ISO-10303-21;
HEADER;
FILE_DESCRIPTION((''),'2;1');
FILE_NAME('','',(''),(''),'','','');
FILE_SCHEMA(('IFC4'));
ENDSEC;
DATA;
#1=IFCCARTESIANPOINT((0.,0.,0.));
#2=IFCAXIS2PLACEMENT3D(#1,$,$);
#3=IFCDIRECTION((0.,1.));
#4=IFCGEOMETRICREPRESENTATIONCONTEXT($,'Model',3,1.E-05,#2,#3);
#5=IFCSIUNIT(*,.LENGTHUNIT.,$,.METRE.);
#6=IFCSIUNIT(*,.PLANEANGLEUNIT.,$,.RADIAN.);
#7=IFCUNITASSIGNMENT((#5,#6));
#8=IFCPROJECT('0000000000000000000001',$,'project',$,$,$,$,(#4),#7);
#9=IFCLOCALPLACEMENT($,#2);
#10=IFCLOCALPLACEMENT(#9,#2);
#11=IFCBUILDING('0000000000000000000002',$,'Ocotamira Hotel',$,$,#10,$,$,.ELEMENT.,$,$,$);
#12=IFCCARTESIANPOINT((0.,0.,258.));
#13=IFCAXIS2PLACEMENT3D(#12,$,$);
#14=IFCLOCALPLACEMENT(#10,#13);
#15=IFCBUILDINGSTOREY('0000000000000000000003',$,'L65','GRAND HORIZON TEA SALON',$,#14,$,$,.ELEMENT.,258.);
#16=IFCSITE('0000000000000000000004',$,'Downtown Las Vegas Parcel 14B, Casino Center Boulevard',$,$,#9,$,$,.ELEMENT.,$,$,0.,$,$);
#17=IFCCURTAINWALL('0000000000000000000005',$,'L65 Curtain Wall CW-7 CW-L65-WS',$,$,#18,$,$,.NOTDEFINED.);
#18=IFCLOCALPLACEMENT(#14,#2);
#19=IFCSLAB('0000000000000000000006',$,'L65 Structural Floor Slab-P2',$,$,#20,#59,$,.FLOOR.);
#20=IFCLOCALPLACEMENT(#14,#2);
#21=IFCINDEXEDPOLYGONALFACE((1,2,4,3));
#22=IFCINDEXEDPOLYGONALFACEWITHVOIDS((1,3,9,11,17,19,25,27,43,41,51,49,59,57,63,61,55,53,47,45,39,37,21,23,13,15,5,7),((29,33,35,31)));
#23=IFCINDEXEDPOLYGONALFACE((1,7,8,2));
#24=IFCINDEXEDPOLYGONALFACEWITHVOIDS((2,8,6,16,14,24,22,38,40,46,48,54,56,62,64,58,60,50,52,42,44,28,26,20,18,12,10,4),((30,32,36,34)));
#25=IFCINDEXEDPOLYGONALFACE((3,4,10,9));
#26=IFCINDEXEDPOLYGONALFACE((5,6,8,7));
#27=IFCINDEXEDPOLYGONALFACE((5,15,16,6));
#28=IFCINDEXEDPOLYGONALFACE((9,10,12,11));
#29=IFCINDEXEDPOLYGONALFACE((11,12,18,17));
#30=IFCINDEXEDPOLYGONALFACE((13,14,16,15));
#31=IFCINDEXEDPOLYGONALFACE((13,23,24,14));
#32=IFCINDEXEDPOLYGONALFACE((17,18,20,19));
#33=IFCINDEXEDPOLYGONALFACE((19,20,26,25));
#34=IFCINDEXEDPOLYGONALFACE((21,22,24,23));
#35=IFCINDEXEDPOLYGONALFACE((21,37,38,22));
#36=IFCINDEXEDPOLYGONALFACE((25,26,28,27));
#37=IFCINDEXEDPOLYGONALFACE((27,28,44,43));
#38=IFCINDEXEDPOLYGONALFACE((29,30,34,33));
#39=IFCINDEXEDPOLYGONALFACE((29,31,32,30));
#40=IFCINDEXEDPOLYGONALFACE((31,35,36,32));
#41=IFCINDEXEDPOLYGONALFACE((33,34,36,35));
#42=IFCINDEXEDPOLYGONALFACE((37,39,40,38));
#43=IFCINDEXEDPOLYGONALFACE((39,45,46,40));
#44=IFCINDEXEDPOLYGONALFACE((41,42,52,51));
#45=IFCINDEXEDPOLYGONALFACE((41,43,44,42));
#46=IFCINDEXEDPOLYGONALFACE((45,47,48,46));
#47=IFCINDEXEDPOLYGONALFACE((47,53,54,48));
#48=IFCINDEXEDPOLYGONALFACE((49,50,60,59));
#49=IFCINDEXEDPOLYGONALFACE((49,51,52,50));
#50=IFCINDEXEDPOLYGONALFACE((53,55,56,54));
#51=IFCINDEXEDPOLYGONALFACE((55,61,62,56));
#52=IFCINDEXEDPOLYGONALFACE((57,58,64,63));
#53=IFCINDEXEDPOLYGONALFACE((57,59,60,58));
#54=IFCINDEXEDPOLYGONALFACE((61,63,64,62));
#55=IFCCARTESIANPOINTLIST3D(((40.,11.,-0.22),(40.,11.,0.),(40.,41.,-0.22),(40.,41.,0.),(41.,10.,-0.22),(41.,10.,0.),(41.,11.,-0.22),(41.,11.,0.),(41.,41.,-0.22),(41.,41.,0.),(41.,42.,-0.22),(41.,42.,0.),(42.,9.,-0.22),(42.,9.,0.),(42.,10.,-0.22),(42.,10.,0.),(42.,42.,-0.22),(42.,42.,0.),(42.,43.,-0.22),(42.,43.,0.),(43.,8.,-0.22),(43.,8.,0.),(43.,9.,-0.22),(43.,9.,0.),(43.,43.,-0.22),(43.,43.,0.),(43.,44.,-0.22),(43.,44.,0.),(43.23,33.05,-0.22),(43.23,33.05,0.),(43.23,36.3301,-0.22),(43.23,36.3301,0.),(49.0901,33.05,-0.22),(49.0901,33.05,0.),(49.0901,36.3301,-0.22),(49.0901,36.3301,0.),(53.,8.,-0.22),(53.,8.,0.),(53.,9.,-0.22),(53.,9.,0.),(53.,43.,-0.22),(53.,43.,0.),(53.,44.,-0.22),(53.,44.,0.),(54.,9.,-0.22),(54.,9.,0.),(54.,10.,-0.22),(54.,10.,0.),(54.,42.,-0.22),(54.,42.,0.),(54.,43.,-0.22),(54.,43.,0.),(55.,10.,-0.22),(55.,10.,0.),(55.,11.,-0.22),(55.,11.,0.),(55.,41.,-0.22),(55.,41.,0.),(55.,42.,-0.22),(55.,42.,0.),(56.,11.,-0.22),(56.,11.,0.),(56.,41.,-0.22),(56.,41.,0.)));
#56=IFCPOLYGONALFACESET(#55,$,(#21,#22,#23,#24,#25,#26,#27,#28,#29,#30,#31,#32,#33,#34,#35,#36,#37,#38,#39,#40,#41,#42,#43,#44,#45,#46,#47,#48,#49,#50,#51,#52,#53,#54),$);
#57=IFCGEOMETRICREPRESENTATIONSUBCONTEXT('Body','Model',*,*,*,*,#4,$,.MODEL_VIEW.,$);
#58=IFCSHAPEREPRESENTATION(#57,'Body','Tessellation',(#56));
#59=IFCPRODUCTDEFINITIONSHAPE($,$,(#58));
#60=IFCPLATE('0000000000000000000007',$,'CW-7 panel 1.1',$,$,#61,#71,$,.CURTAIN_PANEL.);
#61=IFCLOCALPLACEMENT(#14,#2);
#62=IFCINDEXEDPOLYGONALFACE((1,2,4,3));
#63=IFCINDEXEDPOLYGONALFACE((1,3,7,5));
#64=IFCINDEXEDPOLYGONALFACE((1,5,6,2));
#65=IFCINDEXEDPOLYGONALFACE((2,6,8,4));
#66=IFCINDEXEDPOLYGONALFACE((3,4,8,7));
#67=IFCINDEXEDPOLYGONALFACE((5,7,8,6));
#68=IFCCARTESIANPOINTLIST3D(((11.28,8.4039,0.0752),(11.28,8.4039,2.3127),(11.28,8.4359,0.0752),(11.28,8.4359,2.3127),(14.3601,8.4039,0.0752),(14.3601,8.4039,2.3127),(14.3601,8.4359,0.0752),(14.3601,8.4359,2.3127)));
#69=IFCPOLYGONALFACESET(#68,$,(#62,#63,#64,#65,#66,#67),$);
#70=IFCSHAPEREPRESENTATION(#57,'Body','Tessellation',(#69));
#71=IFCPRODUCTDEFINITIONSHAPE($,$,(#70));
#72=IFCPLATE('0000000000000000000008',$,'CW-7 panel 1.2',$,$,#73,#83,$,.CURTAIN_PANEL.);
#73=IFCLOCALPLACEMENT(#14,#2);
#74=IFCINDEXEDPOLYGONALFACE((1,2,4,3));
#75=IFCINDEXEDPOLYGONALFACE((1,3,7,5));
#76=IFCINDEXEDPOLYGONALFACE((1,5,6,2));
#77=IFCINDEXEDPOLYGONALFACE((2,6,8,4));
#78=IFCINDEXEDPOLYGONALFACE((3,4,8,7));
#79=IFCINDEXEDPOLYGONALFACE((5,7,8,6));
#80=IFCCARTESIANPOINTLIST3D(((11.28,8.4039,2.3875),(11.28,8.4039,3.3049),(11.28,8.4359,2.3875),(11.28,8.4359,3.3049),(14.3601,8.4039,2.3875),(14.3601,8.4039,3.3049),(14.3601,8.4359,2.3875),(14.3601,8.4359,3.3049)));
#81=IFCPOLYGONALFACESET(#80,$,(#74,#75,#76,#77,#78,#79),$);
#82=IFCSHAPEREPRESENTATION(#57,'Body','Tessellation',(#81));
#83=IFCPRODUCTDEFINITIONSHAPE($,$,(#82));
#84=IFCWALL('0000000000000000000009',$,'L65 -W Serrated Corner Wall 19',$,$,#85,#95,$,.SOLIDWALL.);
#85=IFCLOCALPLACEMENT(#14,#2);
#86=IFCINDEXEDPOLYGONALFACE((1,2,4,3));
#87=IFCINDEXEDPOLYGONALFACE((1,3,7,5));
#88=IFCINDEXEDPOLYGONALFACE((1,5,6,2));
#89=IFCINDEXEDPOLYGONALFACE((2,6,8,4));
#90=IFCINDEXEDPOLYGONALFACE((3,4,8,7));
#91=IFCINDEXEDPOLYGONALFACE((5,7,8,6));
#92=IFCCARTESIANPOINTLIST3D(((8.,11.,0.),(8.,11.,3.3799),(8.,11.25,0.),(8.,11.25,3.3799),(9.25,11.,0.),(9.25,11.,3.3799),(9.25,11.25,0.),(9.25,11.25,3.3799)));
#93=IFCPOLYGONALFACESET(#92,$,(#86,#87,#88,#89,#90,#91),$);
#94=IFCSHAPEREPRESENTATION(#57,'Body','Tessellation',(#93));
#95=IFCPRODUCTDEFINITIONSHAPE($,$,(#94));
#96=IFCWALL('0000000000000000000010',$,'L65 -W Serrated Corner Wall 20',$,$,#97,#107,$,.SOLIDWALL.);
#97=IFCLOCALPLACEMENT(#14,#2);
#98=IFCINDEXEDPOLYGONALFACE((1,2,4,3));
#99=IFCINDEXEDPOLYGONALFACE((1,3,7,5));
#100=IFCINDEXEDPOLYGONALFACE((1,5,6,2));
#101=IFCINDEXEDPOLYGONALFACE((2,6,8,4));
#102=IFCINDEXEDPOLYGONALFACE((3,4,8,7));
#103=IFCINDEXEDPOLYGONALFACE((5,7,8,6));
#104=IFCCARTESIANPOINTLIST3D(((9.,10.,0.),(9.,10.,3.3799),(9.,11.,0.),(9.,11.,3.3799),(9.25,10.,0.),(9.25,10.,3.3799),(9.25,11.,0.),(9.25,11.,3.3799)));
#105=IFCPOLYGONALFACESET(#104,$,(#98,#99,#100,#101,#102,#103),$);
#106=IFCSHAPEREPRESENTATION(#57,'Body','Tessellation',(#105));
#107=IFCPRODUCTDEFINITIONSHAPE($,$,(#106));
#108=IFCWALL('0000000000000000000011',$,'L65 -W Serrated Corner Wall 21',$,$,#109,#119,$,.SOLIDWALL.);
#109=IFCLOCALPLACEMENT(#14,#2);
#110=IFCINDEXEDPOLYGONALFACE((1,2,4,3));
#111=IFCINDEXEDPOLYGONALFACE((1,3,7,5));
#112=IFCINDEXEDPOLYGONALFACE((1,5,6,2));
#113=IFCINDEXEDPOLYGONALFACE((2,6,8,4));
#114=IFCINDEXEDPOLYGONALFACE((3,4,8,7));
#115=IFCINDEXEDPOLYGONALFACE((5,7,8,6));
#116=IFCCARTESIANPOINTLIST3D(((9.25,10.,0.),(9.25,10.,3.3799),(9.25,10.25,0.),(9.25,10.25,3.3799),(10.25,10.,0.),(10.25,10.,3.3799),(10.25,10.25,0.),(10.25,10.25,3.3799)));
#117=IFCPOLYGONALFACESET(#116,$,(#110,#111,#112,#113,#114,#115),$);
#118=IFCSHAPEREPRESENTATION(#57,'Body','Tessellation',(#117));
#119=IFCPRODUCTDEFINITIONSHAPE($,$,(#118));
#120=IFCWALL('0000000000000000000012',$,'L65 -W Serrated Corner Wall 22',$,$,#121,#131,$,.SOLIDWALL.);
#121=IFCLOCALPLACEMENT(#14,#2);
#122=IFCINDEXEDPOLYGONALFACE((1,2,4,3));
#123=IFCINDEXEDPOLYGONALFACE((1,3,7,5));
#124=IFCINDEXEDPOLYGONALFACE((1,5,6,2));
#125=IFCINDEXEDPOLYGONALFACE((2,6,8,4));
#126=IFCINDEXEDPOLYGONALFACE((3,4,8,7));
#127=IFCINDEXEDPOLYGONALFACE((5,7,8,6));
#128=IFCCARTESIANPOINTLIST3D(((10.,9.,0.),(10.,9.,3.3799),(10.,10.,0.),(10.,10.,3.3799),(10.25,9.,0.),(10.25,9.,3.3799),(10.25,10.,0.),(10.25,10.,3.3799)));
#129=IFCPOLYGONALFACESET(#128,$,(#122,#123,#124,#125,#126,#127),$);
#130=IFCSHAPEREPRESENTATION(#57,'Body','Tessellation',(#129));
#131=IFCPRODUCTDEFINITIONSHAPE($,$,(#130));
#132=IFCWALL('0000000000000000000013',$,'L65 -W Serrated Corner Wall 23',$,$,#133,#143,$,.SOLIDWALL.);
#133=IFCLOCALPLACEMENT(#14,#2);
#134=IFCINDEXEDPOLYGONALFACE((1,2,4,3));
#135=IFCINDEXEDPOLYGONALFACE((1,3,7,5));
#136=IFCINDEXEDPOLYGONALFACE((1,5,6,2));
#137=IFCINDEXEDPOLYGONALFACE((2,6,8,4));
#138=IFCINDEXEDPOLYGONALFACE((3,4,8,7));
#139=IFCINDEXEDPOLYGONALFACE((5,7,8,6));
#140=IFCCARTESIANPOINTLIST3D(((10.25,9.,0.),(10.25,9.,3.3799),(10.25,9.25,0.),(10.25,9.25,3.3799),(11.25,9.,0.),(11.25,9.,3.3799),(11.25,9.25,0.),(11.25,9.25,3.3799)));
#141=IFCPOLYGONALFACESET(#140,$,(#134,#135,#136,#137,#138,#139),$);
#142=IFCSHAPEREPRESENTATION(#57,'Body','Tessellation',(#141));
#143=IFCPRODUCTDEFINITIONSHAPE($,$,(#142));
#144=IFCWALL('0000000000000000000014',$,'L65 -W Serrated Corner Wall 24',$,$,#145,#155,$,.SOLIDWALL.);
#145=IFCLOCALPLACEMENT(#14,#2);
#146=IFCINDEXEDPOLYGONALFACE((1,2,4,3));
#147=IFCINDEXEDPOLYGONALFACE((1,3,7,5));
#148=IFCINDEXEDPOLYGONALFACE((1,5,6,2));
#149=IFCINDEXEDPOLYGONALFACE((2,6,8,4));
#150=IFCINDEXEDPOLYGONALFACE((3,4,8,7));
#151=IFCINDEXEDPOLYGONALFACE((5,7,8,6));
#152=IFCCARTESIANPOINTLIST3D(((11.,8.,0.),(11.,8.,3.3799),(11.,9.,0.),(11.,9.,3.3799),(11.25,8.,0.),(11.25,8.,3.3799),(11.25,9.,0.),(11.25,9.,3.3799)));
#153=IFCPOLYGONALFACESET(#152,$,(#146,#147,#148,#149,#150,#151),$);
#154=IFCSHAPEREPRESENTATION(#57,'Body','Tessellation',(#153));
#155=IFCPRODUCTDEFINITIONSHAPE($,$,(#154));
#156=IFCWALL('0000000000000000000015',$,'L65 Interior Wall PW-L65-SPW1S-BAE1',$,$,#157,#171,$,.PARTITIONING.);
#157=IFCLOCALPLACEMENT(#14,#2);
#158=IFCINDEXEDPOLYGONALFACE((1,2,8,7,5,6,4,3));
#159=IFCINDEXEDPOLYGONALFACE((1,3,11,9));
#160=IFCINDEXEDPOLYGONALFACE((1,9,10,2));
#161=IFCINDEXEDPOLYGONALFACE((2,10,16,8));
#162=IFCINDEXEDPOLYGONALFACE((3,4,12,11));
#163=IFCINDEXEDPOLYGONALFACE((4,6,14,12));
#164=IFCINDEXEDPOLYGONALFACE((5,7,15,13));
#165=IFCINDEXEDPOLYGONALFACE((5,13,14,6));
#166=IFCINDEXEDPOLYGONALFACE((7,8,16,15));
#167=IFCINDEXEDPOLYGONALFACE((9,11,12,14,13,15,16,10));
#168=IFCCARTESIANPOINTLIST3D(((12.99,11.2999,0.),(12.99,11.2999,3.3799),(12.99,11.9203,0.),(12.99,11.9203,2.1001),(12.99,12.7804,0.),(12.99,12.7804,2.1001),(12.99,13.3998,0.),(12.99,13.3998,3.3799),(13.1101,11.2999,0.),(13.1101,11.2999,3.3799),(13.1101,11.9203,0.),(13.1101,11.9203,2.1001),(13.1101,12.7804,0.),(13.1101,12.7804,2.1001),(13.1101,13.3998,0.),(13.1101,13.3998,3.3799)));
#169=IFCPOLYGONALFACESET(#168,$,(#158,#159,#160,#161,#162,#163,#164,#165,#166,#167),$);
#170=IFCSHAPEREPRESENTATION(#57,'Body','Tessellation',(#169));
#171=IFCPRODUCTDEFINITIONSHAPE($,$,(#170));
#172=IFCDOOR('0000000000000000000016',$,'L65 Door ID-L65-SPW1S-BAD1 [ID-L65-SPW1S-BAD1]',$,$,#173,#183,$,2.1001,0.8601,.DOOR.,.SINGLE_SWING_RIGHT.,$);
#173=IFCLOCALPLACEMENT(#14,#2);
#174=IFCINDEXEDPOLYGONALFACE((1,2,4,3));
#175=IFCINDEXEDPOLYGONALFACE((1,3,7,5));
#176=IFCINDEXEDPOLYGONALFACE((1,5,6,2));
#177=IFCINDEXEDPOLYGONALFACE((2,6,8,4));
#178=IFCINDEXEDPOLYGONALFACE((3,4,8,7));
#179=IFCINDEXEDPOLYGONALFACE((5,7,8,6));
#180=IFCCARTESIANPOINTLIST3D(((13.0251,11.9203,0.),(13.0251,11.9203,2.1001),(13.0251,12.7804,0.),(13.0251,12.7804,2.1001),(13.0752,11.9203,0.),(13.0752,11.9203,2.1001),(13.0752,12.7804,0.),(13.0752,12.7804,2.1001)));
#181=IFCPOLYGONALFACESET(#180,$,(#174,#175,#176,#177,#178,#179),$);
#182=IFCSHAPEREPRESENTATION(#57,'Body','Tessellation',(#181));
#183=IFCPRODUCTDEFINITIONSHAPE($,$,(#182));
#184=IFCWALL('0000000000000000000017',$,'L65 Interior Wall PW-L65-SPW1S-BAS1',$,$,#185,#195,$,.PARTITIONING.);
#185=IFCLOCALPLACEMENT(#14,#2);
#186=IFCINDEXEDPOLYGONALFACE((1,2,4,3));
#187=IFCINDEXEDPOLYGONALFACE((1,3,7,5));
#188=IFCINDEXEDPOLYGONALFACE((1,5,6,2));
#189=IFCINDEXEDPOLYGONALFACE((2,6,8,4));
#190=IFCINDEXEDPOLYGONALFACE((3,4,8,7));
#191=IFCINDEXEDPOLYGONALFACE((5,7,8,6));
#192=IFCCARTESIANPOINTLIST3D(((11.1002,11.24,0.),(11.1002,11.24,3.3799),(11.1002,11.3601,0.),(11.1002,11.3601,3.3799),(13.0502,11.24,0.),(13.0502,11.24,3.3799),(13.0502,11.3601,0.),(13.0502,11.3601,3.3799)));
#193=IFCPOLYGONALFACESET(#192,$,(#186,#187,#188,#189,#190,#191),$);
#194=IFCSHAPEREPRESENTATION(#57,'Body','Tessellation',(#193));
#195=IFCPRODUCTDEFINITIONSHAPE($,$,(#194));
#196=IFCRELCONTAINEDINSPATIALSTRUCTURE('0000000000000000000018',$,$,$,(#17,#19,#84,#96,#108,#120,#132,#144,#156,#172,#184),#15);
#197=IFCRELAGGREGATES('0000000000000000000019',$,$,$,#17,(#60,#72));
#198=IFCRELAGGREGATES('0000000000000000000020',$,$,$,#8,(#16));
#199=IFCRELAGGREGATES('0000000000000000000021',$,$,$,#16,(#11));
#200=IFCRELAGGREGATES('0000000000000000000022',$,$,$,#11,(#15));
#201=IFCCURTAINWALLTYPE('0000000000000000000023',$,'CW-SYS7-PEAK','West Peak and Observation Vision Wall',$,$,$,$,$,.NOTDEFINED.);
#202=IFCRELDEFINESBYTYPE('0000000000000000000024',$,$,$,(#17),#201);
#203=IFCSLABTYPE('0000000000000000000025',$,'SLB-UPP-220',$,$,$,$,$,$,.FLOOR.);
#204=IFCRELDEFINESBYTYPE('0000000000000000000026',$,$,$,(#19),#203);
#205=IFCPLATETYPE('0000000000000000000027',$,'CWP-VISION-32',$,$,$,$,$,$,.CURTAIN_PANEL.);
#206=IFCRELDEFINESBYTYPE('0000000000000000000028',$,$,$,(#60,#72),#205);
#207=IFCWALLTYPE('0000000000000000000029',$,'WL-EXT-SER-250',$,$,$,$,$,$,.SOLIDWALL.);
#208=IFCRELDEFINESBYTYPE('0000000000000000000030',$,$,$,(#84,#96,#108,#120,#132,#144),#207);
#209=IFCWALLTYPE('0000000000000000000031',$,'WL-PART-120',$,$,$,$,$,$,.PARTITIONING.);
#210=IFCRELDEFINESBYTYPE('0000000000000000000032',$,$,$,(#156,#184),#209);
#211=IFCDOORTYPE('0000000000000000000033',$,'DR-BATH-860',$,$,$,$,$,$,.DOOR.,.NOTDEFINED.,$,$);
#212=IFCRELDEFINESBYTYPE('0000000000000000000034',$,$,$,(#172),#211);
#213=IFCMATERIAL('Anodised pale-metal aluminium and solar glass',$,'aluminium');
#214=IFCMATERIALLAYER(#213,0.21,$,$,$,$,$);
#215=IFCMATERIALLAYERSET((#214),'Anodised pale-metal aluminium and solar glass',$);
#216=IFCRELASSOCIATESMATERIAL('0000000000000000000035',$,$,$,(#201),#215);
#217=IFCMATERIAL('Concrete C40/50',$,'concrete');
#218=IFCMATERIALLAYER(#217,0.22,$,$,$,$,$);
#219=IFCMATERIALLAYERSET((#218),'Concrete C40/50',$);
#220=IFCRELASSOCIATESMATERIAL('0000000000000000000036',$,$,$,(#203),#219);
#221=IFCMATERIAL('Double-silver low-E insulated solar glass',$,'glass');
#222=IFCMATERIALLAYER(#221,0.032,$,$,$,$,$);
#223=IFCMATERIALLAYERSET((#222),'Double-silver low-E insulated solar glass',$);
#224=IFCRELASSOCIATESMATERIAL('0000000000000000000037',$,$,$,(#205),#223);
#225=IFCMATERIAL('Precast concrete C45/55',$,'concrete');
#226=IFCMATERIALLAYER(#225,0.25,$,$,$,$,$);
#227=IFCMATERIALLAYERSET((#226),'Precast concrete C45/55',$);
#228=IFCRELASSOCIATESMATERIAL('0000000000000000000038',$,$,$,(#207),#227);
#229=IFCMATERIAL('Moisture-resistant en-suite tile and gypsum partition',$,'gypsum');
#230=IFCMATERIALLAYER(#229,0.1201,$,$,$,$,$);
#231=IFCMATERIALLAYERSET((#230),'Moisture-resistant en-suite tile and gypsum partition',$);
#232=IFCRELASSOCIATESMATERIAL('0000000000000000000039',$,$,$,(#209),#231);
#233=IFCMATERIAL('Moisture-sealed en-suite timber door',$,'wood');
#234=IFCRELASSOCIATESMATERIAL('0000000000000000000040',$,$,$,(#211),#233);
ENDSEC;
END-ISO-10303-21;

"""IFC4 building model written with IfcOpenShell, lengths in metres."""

from ifc_helpers import new_model, si_unit, direction, frame, frame_2d, origin, origin_2d, place, context, subcontext, project, spatial, polyline, rectangle, outline, extrude, source, transform, mapped, material, layer, layer_set, type_object, element, fill, aggregate, save


model = new_model("IFC4")

# Units and contexts
model_context = context("Model", 3, precision=1e-05, world=origin(), true_north=direction((0.0, 1.0)))
body_context = subcontext(model_context, "Body", "Model", "MODEL_VIEW")
ifc_project = project(units=[si_unit("LENGTHUNIT", "METRE"), si_unit("PLANEANGLEUNIT", "RADIAN")], contexts=[model_context])

# Site, building, storey
site_placement = place(None, origin())
site = spatial("IfcSite", under=ifc_project, at=site_placement, Name="Downtown Las Vegas Parcel 14B, Casino Center Boulevard", CompositionType="ELEMENT", RefElevation=0.0)
building_placement = place(site_placement, origin())
building = spatial("IfcBuilding", under=site, at=building_placement, Name="Ocotamira Hotel", CompositionType="ELEMENT")
storey_placement = place(building_placement, frame((0.0, 0.0, 258.0)))
storey = spatial("IfcBuildingStorey", under=building, at=storey_placement, Name="L65", Description="GRAND HORIZON TEA SALON", CompositionType="ELEMENT", Elevation=258.0)

# Curtain wall
ifc_material_1 = material(Name="Anodised pale-metal aluminium and solar glass", Category="aluminium")
ifc_layer_1 = layer(ifc_material_1, 0.21)
ifc_layer_set_1 = layer_set([ifc_layer_1], Name="Anodised pale-metal aluminium and solar glass")
curtain_wall_type = type_object("IfcCurtainWallType", Name="CW-SYS7-PEAK", Description="West Peak and Observation Vision Wall", PredefinedType="NOTDEFINED", material=ifc_layer_set_1)
curtain_wall_1_placement = place(storey_placement, origin())
curtain_wall_1 = element("IfcCurtainWall", 1, at=curtain_wall_1_placement, inside=storey, type_object=curtain_wall_type, Name="L65 Curtain Wall CW-7 CW-L65-WS", PredefinedType="NOTDEFINED")

# Shared definitions
ifc_material_2 = material(Name="Concrete C40/50", Category="concrete")

# Slab
ifc_layer_2 = layer(ifc_material_2, 0.22)
ifc_layer_set_2 = layer_set([ifc_layer_2], Name="Concrete C40/50")
slab_type_1 = type_object("IfcSlabType", Name="SLB-UPP-220", PredefinedType="FLOOR", material=ifc_layer_set_2)
slab_1_placement = place(storey_placement, frame((0.0, 0.0, -0.22)))
element("IfcSlab", 2, at=slab_1_placement, inside=storey, type_object=slab_type_1, Name="L65 Structural Floor Slab-P2", PredefinedType="FLOOR", context=body_context, shape_type="SweptSolid", body=[
    extrude(outline(polyline([(43.0, 8.0), (53.0, 8.0), (53.0, 9.0), (54.0, 9.0), (54.0, 10.0), (55.0, 10.0), (55.0, 11.0), (56.0, 11.0), (56.0, 41.0), (55.0, 41.0), (55.0, 42.0), (54.0, 42.0), (54.0, 43.0), (53.0, 43.0), (53.0, 44.0), (43.0, 44.0), (43.0, 43.0), (42.0, 43.0), (42.0, 42.0), (41.0, 42.0), (41.0, 41.0), (40.0, 41.0), (40.0, 11.0), (41.0, 11.0), (41.0, 10.0), (42.0, 10.0), (42.0, 9.0), (43.0, 9.0), (43.0, 8.0)]), holes=[polyline([(43.23, 33.05), (49.0901, 33.05), (49.0901, 36.3301), (43.23, 36.3301), (43.23, 33.05)])]), origin(), (0.0, 0.0, 1.0), 0.22),
])

# Plates
ifc_material_3 = material(Name="Double-silver low-E insulated solar glass", Category="glass")
ifc_layer_3 = layer(ifc_material_3, 0.032)
ifc_layer_set_3 = layer_set([ifc_layer_3], Name="Double-silver low-E insulated solar glass")
plate_type = type_object("IfcPlateType", Name="CWP-VISION-32", PredefinedType="CURTAIN_PANEL", material=ifc_layer_set_3)
shared_shape_1 = source(origin(), body_context, "Body", "SweptSolid", [
    extrude(rectangle(XDim=3.0801, YDim=0.032, at=origin_2d()), origin(), (0.0, 0.0, 1.0), 2.2375),
])
plate_1_placement = place(storey_placement, frame((12.8201, 8.4199, 0.0752), z_axis=(0.0, 0.0, 1.0), x_axis=(1.0, 0.0, 0.0)))
plate_1 = element("IfcPlate", 3, at=plate_1_placement, type_object=plate_type, Name="CW-7 panel 1.1", PredefinedType="CURTAIN_PANEL", context=body_context, shape_type="MappedRepresentation", body=[
    mapped(shared_shape_1, transform((0.0, 0.0, 0.0), scale=1.0)),
])
shared_shape_2 = source(origin(), body_context, "Body", "SweptSolid", [
    extrude(rectangle(XDim=3.0801, YDim=0.032, at=origin_2d()), origin(), (0.0, 0.0, 1.0), 0.9175),
])
plate_2_placement = place(storey_placement, frame((12.8201, 8.4199, 2.3875), z_axis=(0.0, 0.0, 1.0), x_axis=(1.0, 0.0, 0.0)))
plate_2 = element("IfcPlate", 4, at=plate_2_placement, type_object=plate_type, Name="CW-7 panel 1.2", PredefinedType="CURTAIN_PANEL", context=body_context, shape_type="MappedRepresentation", body=[
    mapped(shared_shape_2, transform((0.0, 0.0, 0.0), scale=1.0)),
])
aggregate(curtain_wall_1, [plate_1, plate_2])

# Walls
ifc_material_4 = material(Name="Precast concrete C45/55", Category="concrete")
ifc_layer_4 = layer(ifc_material_4, 0.25)
ifc_layer_set_4 = layer_set([ifc_layer_4], Name="Precast concrete C45/55")
wall_type_1 = type_object("IfcWallType", Name="WL-EXT-SER-250", PredefinedType="SOLIDWALL", material=ifc_layer_set_4)
wall_1_placement = place(storey_placement, frame((8.0, 11.125, 0.0), z_axis=(0.0, 0.0, 1.0), x_axis=(1.0, 0.0, 0.0)))
element("IfcWall", 5, at=wall_1_placement, inside=storey, type_object=wall_type_1, Name="L65 -W Serrated Corner Wall 19", PredefinedType="SOLIDWALL", context=body_context, shape_type="SweptSolid", body=[
    extrude(rectangle(XDim=1.25, YDim=0.25, at=frame_2d((0.625, 0.0))), origin(), (0.0, 0.0, 1.0), 3.3799),
])
for number, where, z_axis, x_axis, name in (
    (6, (9.125, 11.0, 0.0), (0.0, 0.0, 1.0), (0.0, -1.0, 0.0), "L65 -W Serrated Corner Wall 20"),
    (7, (9.25, 10.125, 0.0), (0.0, 0.0, 1.0), (1.0, 0.0, 0.0), "L65 -W Serrated Corner Wall 21"),
    (8, (10.125, 10.0, 0.0), (0.0, 0.0, 1.0), (0.0, -1.0, 0.0), "L65 -W Serrated Corner Wall 22"),
    (9, (10.25, 9.125, 0.0), (0.0, 0.0, 1.0), (1.0, 0.0, 0.0), "L65 -W Serrated Corner Wall 23"),
    (10, (11.125, 9.0, 0.0), (0.0, 0.0, 1.0), (0.0, -1.0, 0.0), "L65 -W Serrated Corner Wall 24"),
):
    element("IfcWall", number, at=place(storey_placement, frame(where, z_axis=z_axis, x_axis=x_axis)), inside=storey, type_object=wall_type_1, Name=name, PredefinedType="SOLIDWALL", context=body_context, shape_type="SweptSolid", body=[
        extrude(rectangle(XDim=1.0, YDim=0.25, at=frame_2d((0.5, 0.0))), origin(), (0.0, 0.0, 1.0), 3.3799),
    ])

# Wall, opening, door
ifc_material_5 = material(Name="Moisture-resistant en-suite tile and gypsum partition", Category="gypsum")
ifc_layer_5 = layer(ifc_material_5, 0.1201)
ifc_layer_set_5 = layer_set([ifc_layer_5], Name="Moisture-resistant en-suite tile and gypsum partition")
wall_type_2 = type_object("IfcWallType", Name="WL-PART-120", PredefinedType="PARTITIONING", material=ifc_layer_set_5)
wall_2_placement = place(storey_placement, frame((13.05, 11.3, 0.0), z_axis=(0.0, 0.0, 1.0), x_axis=(0.0, 1.0, 0.0)))
wall_2 = element("IfcWall", 11, at=wall_2_placement, inside=storey, type_object=wall_type_2, Name="L65 Interior Wall PW-L65-SPW1S-BAE1", PredefinedType="PARTITIONING", context=body_context, shape_type="SweptSolid", body=[
    extrude(rectangle(XDim=2.0999, YDim=0.1201, at=frame_2d((1.0498, 0.0))), origin(), (0.0, 0.0, 1.0), 3.3799),
])
opening_placement = place(wall_2_placement, frame((0.6201, 0.0, 0.0)))
opening = element("IfcOpeningElement", 12, at=opening_placement, cuts=wall_2, PredefinedType="OPENING", context=body_context, shape_type="SweptSolid", body=[
    extrude(rectangle(XDim=0.8601, YDim=2.1001, at=frame_2d((0.4302, 1.05))), frame((0.0, 0.0701, 0.0), z_axis=(0.0, -1.0, 0.0), x_axis=(1.0, 0.0, 0.0)), (0.0, 0.0, 1.0), 0.1401),
])
ifc_material_6 = material(Name="Moisture-sealed en-suite timber door", Category="wood")
door_type = type_object("IfcDoorType", Name="DR-BATH-860", OperationType="NOTDEFINED", PredefinedType="DOOR", material=ifc_material_6)
shared_shape_3 = source(origin(), body_context, "Body", "SweptSolid", [
    extrude(rectangle(XDim=0.8601, YDim=2.1001, at=frame_2d((0.4302, 1.05))), frame((0.0, 0.0249, 0.0), z_axis=(0.0, -1.0, 0.0), x_axis=(1.0, 0.0, 0.0)), (0.0, 0.0, 1.0), 0.05),
])
door_placement = place(opening_placement, origin())
door = element("IfcDoor", 13, at=door_placement, inside=storey, type_object=door_type, Name="L65 Door ID-L65-SPW1S-BAD1 [ID-L65-SPW1S-BAD1]", OperationType="SINGLE_SWING_RIGHT", OverallHeight=2.1001, OverallWidth=0.8601, PredefinedType="DOOR", context=body_context, shape_type="MappedRepresentation", body=[
    mapped(shared_shape_3, transform((0.0, 0.0, 0.0), scale=1.0)),
])
fill(opening, door)

# Wall
wall_3_placement = place(storey_placement, frame((11.1001, 11.3, 0.0), z_axis=(0.0, 0.0, 1.0), x_axis=(1.0, 0.0, 0.0)))
element("IfcWall", 14, at=wall_3_placement, inside=storey, type_object=wall_type_2, Name="L65 Interior Wall PW-L65-SPW1S-BAS1", PredefinedType="PARTITIONING", context=body_context, shape_type="SweptSolid", body=[
    extrude(rectangle(XDim=1.95, YDim=0.1201, at=frame_2d((0.9751, 0.0))), origin(), (0.0, 0.0, 1.0), 3.3799),
])

save(model, "model.ifc")
